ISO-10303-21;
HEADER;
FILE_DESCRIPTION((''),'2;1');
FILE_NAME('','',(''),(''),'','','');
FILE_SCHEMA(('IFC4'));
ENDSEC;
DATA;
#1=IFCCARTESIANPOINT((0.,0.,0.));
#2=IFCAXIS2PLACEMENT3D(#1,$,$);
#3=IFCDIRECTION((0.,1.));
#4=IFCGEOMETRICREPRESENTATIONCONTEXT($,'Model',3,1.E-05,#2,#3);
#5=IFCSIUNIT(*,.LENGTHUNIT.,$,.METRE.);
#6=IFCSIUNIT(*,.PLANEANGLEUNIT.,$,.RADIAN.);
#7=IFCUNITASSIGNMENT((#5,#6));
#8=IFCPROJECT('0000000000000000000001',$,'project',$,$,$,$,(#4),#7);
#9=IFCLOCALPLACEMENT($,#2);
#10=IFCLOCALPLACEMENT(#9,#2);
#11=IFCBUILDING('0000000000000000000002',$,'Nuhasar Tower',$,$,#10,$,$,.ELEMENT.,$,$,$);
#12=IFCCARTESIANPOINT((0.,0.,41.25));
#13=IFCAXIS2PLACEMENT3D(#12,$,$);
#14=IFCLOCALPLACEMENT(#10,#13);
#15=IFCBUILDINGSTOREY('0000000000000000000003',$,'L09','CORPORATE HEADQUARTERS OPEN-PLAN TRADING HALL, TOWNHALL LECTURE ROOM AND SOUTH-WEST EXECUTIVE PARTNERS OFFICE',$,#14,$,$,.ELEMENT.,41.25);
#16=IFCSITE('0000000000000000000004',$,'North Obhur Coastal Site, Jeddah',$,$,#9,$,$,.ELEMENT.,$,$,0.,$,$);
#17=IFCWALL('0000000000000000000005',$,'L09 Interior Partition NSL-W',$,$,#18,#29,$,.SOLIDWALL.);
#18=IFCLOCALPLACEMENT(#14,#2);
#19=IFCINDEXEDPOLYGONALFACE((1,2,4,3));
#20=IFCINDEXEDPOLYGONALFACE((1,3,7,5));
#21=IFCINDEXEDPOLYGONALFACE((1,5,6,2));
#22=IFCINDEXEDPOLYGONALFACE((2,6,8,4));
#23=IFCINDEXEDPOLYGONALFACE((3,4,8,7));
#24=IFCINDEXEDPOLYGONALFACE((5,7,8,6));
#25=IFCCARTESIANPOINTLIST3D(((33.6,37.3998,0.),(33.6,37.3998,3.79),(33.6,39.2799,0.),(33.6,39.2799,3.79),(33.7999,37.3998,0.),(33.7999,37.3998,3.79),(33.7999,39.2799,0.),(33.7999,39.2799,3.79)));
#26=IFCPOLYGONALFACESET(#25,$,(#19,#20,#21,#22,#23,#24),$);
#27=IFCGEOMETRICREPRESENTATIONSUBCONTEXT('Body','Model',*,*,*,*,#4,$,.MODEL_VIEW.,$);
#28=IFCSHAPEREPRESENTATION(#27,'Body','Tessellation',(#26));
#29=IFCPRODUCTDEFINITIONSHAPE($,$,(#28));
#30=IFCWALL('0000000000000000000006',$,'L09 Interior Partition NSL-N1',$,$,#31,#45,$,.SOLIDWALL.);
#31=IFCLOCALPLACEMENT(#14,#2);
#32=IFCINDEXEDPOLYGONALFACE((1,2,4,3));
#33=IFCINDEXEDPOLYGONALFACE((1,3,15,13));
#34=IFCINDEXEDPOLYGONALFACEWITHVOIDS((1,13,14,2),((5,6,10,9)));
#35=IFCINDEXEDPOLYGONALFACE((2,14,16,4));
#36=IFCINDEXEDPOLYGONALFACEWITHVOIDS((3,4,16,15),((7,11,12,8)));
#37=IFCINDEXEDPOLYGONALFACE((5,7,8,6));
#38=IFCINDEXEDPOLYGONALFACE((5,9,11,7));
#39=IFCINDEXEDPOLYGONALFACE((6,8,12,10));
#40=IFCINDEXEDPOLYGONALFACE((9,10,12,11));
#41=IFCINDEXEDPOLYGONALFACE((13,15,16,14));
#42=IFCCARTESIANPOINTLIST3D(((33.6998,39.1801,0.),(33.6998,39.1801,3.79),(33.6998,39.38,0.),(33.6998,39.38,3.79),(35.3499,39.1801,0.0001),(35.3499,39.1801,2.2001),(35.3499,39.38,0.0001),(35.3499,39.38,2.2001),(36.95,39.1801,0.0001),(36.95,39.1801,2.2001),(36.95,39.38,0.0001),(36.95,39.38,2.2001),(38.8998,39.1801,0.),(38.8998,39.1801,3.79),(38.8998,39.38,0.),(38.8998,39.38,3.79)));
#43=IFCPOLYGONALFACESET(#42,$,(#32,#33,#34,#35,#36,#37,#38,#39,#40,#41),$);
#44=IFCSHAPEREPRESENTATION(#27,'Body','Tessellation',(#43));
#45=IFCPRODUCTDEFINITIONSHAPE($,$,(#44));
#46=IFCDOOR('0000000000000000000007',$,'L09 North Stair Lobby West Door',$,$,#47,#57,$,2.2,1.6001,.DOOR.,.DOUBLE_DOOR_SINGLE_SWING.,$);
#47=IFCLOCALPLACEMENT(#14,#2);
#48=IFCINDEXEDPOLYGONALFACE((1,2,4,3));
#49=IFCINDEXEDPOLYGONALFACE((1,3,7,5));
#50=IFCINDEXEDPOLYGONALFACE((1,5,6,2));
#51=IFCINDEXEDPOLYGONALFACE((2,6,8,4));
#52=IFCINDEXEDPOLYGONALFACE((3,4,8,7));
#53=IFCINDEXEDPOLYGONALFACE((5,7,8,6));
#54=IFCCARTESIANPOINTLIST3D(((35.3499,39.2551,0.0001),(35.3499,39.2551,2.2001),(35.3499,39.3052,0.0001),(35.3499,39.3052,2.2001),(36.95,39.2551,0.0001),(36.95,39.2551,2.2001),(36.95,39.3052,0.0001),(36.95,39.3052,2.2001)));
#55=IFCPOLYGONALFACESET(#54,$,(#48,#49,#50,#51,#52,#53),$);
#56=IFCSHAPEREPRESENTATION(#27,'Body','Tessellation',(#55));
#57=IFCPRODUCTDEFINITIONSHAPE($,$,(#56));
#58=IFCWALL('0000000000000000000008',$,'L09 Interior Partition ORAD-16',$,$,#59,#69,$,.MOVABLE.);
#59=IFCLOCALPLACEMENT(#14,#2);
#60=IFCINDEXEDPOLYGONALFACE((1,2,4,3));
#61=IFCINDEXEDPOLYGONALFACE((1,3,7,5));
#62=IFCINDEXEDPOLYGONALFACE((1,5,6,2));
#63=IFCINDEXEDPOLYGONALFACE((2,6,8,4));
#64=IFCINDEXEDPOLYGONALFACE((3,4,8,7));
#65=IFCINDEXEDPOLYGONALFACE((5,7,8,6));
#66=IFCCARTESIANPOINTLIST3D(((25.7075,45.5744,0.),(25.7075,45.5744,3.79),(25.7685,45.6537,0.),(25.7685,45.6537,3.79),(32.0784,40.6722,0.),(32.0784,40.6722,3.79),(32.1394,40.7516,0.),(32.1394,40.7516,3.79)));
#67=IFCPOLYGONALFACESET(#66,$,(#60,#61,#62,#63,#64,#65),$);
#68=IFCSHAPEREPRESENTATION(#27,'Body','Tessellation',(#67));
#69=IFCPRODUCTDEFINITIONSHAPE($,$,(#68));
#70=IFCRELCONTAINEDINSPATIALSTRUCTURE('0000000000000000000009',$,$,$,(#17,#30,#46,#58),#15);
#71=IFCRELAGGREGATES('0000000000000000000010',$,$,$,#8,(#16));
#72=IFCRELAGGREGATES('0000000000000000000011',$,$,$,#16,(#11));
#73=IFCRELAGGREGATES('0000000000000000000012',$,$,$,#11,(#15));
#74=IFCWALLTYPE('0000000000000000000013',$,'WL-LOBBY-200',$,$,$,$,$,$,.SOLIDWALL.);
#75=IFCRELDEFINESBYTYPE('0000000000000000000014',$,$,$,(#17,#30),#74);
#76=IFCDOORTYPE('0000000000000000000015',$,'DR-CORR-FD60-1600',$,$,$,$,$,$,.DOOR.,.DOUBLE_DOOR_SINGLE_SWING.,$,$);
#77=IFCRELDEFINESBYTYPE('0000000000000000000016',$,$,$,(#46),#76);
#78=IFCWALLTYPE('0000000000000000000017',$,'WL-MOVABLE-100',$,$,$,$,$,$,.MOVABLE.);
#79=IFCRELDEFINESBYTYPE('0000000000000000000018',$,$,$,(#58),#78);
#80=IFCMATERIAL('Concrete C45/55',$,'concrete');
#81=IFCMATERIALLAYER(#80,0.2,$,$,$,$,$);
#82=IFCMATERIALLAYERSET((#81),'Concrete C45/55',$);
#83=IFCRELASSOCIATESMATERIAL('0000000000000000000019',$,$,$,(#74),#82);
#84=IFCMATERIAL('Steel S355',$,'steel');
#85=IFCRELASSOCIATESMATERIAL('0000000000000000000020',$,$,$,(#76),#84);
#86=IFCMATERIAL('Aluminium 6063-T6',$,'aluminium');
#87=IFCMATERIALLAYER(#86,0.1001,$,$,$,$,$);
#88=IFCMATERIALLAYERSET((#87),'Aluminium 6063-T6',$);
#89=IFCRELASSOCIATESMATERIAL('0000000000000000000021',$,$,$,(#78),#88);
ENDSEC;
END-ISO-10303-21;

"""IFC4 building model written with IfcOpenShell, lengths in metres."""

from ifc_helpers import new_model, si_unit, direction, frame, frame_2d, origin, place, context, subcontext, project, spatial, rectangle, extrude, material, layer, layer_set, type_object, element, fill, save


model = new_model("IFC4")

# Units and contexts
model_context = context("Model", 3, precision=1e-05, world=origin(), true_north=direction((0.0, 1.0)))
body_context = subcontext(model_context, "Body", "Model", "MODEL_VIEW")
ifc_project = project(units=[si_unit("LENGTHUNIT", "METRE"), si_unit("PLANEANGLEUNIT", "RADIAN")], contexts=[model_context])

# Site, building, storey
site_placement = place(None, origin())
site = spatial("IfcSite", under=ifc_project, at=site_placement, Name="North Obhur Coastal Site, Jeddah", CompositionType="ELEMENT", RefElevation=0.0)
building_placement = place(site_placement, origin())
building = spatial("IfcBuilding", under=site, at=building_placement, Name="Nuhasar Tower", CompositionType="ELEMENT")
storey_placement = place(building_placement, frame((0.0, 0.0, 41.25)))
storey = spatial("IfcBuildingStorey", under=building, at=storey_placement, Name="L09", Description="CORPORATE HEADQUARTERS OPEN-PLAN TRADING HALL, TOWNHALL LECTURE ROOM AND SOUTH-WEST EXECUTIVE PARTNERS OFFICE", CompositionType="ELEMENT", Elevation=41.25)

# Shared definitions
ifc_material_1 = material(Name="Steel S355", Category="steel")

# Shared definitions
ifc_material_2 = material(Name="Aluminium 6063-T6", Category="aluminium")

# Wall
ifc_material_3 = material(Name="Concrete C45/55", Category="concrete")
ifc_layer_1 = layer(ifc_material_3, 0.2)
ifc_layer_set_1 = layer_set([ifc_layer_1], Name="Concrete C45/55")
wall_type_1 = type_object("IfcWallType", Name="WL-LOBBY-200", PredefinedType="SOLIDWALL", material=ifc_layer_set_1)
wall_1_placement = place(storey_placement, frame((33.7, 37.3999, 0.0), z_axis=(0.0, 0.0, 1.0), x_axis=(0.0, 1.0, 0.0)))
element("IfcWall", 1, at=wall_1_placement, inside=storey, type_object=wall_type_1, Name="L09 Interior Partition NSL-W", PredefinedType="SOLIDWALL", context=body_context, shape_type="SweptSolid", body=[
    extrude(rectangle(XDim=1.8801, YDim=0.2, at=frame_2d((0.9399, 0.0))), origin(), (0.0, 0.0, 1.0), 3.79),
])

# Wall, opening, door
wall_2_placement = place(storey_placement, frame((38.8999, 39.28, 0.0), z_axis=(0.0, 0.0, 1.0), x_axis=(-1.0, 0.0, 0.0)))
wall_2 = element("IfcWall", 2, at=wall_2_placement, inside=storey, type_object=wall_type_1, Name="L09 Interior Partition NSL-N1", PredefinedType="SOLIDWALL", context=body_context, shape_type="SweptSolid", body=[
    extrude(rectangle(XDim=5.2, YDim=0.2, at=frame_2d((2.6001, 0.0))), origin(), (0.0, 0.0, 1.0), 3.79),
])
opening_1_placement = place(wall_2_placement, frame((1.95, 0.0, 0.0)))
opening_1 = element("IfcOpeningElement", 3, at=opening_1_placement, cuts=wall_2, PredefinedType="OPENING", context=body_context, shape_type="SweptSolid", body=[
    extrude(rectangle(XDim=1.6001, YDim=2.2, at=frame_2d((0.8, 1.1001))), frame((0.0, 0.1099, 0.0), z_axis=(0.0, -1.0, 0.0), x_axis=(1.0, 0.0, 0.0)), (0.0, 0.0, 1.0), 0.22),
])
door_type_1 = type_object("IfcDoorType", Name="DR-CORR-FD60-1600", OperationType="DOUBLE_DOOR_SINGLE_SWING", PredefinedType="DOOR", material=ifc_material_1)
door_1_placement = place(opening_1_placement, origin())
door_1 = element("IfcDoor", 4, at=door_1_placement, inside=storey, type_object=door_type_1, Name="L09 North Stair Lobby West Door", OperationType="DOUBLE_DOOR_SINGLE_SWING", OverallHeight=2.2, OverallWidth=1.6001, PredefinedType="DOOR", context=body_context, shape_type="SweptSolid", body=[
    extrude(rectangle(XDim=1.6001, YDim=2.2, at=frame_2d((0.8, 1.1001))), frame((0.0, 0.0249, 0.0), z_axis=(0.0, -1.0, 0.0), x_axis=(1.0, 0.0, 0.0)), (0.0, 0.0, 1.0), 0.05),
])
fill(opening_1, door_1)

# Wall
ifc_layer_2 = layer(ifc_material_2, 0.1001)
ifc_layer_set_2 = layer_set([ifc_layer_2], Name="Aluminium 6063-T6")
wall_type_2 = type_object("IfcWallType", Name="WL-MOVABLE-100", PredefinedType="MOVABLE", material=ifc_layer_set_2)
wall_3_placement = place(storey_placement, frame((32.1089, 40.7119, 0.0), z_axis=(0.0, 0.0, 1.0), x_axis=(-0.792537, 0.609824, 0.0)))
element("IfcWall", 5, at=wall_3_placement, inside=storey, type_object=wall_type_2, Name="L09 Interior Partition ORAD-16", PredefinedType="MOVABLE", context=body_context, shape_type="SweptSolid", body=[
    extrude(rectangle(XDim=8.0386, YDim=0.1001, at=frame_2d((4.0193, 0.0))), origin(), (0.0, 0.0, 1.0), 3.79),
])

save(model, "model.ifc")
